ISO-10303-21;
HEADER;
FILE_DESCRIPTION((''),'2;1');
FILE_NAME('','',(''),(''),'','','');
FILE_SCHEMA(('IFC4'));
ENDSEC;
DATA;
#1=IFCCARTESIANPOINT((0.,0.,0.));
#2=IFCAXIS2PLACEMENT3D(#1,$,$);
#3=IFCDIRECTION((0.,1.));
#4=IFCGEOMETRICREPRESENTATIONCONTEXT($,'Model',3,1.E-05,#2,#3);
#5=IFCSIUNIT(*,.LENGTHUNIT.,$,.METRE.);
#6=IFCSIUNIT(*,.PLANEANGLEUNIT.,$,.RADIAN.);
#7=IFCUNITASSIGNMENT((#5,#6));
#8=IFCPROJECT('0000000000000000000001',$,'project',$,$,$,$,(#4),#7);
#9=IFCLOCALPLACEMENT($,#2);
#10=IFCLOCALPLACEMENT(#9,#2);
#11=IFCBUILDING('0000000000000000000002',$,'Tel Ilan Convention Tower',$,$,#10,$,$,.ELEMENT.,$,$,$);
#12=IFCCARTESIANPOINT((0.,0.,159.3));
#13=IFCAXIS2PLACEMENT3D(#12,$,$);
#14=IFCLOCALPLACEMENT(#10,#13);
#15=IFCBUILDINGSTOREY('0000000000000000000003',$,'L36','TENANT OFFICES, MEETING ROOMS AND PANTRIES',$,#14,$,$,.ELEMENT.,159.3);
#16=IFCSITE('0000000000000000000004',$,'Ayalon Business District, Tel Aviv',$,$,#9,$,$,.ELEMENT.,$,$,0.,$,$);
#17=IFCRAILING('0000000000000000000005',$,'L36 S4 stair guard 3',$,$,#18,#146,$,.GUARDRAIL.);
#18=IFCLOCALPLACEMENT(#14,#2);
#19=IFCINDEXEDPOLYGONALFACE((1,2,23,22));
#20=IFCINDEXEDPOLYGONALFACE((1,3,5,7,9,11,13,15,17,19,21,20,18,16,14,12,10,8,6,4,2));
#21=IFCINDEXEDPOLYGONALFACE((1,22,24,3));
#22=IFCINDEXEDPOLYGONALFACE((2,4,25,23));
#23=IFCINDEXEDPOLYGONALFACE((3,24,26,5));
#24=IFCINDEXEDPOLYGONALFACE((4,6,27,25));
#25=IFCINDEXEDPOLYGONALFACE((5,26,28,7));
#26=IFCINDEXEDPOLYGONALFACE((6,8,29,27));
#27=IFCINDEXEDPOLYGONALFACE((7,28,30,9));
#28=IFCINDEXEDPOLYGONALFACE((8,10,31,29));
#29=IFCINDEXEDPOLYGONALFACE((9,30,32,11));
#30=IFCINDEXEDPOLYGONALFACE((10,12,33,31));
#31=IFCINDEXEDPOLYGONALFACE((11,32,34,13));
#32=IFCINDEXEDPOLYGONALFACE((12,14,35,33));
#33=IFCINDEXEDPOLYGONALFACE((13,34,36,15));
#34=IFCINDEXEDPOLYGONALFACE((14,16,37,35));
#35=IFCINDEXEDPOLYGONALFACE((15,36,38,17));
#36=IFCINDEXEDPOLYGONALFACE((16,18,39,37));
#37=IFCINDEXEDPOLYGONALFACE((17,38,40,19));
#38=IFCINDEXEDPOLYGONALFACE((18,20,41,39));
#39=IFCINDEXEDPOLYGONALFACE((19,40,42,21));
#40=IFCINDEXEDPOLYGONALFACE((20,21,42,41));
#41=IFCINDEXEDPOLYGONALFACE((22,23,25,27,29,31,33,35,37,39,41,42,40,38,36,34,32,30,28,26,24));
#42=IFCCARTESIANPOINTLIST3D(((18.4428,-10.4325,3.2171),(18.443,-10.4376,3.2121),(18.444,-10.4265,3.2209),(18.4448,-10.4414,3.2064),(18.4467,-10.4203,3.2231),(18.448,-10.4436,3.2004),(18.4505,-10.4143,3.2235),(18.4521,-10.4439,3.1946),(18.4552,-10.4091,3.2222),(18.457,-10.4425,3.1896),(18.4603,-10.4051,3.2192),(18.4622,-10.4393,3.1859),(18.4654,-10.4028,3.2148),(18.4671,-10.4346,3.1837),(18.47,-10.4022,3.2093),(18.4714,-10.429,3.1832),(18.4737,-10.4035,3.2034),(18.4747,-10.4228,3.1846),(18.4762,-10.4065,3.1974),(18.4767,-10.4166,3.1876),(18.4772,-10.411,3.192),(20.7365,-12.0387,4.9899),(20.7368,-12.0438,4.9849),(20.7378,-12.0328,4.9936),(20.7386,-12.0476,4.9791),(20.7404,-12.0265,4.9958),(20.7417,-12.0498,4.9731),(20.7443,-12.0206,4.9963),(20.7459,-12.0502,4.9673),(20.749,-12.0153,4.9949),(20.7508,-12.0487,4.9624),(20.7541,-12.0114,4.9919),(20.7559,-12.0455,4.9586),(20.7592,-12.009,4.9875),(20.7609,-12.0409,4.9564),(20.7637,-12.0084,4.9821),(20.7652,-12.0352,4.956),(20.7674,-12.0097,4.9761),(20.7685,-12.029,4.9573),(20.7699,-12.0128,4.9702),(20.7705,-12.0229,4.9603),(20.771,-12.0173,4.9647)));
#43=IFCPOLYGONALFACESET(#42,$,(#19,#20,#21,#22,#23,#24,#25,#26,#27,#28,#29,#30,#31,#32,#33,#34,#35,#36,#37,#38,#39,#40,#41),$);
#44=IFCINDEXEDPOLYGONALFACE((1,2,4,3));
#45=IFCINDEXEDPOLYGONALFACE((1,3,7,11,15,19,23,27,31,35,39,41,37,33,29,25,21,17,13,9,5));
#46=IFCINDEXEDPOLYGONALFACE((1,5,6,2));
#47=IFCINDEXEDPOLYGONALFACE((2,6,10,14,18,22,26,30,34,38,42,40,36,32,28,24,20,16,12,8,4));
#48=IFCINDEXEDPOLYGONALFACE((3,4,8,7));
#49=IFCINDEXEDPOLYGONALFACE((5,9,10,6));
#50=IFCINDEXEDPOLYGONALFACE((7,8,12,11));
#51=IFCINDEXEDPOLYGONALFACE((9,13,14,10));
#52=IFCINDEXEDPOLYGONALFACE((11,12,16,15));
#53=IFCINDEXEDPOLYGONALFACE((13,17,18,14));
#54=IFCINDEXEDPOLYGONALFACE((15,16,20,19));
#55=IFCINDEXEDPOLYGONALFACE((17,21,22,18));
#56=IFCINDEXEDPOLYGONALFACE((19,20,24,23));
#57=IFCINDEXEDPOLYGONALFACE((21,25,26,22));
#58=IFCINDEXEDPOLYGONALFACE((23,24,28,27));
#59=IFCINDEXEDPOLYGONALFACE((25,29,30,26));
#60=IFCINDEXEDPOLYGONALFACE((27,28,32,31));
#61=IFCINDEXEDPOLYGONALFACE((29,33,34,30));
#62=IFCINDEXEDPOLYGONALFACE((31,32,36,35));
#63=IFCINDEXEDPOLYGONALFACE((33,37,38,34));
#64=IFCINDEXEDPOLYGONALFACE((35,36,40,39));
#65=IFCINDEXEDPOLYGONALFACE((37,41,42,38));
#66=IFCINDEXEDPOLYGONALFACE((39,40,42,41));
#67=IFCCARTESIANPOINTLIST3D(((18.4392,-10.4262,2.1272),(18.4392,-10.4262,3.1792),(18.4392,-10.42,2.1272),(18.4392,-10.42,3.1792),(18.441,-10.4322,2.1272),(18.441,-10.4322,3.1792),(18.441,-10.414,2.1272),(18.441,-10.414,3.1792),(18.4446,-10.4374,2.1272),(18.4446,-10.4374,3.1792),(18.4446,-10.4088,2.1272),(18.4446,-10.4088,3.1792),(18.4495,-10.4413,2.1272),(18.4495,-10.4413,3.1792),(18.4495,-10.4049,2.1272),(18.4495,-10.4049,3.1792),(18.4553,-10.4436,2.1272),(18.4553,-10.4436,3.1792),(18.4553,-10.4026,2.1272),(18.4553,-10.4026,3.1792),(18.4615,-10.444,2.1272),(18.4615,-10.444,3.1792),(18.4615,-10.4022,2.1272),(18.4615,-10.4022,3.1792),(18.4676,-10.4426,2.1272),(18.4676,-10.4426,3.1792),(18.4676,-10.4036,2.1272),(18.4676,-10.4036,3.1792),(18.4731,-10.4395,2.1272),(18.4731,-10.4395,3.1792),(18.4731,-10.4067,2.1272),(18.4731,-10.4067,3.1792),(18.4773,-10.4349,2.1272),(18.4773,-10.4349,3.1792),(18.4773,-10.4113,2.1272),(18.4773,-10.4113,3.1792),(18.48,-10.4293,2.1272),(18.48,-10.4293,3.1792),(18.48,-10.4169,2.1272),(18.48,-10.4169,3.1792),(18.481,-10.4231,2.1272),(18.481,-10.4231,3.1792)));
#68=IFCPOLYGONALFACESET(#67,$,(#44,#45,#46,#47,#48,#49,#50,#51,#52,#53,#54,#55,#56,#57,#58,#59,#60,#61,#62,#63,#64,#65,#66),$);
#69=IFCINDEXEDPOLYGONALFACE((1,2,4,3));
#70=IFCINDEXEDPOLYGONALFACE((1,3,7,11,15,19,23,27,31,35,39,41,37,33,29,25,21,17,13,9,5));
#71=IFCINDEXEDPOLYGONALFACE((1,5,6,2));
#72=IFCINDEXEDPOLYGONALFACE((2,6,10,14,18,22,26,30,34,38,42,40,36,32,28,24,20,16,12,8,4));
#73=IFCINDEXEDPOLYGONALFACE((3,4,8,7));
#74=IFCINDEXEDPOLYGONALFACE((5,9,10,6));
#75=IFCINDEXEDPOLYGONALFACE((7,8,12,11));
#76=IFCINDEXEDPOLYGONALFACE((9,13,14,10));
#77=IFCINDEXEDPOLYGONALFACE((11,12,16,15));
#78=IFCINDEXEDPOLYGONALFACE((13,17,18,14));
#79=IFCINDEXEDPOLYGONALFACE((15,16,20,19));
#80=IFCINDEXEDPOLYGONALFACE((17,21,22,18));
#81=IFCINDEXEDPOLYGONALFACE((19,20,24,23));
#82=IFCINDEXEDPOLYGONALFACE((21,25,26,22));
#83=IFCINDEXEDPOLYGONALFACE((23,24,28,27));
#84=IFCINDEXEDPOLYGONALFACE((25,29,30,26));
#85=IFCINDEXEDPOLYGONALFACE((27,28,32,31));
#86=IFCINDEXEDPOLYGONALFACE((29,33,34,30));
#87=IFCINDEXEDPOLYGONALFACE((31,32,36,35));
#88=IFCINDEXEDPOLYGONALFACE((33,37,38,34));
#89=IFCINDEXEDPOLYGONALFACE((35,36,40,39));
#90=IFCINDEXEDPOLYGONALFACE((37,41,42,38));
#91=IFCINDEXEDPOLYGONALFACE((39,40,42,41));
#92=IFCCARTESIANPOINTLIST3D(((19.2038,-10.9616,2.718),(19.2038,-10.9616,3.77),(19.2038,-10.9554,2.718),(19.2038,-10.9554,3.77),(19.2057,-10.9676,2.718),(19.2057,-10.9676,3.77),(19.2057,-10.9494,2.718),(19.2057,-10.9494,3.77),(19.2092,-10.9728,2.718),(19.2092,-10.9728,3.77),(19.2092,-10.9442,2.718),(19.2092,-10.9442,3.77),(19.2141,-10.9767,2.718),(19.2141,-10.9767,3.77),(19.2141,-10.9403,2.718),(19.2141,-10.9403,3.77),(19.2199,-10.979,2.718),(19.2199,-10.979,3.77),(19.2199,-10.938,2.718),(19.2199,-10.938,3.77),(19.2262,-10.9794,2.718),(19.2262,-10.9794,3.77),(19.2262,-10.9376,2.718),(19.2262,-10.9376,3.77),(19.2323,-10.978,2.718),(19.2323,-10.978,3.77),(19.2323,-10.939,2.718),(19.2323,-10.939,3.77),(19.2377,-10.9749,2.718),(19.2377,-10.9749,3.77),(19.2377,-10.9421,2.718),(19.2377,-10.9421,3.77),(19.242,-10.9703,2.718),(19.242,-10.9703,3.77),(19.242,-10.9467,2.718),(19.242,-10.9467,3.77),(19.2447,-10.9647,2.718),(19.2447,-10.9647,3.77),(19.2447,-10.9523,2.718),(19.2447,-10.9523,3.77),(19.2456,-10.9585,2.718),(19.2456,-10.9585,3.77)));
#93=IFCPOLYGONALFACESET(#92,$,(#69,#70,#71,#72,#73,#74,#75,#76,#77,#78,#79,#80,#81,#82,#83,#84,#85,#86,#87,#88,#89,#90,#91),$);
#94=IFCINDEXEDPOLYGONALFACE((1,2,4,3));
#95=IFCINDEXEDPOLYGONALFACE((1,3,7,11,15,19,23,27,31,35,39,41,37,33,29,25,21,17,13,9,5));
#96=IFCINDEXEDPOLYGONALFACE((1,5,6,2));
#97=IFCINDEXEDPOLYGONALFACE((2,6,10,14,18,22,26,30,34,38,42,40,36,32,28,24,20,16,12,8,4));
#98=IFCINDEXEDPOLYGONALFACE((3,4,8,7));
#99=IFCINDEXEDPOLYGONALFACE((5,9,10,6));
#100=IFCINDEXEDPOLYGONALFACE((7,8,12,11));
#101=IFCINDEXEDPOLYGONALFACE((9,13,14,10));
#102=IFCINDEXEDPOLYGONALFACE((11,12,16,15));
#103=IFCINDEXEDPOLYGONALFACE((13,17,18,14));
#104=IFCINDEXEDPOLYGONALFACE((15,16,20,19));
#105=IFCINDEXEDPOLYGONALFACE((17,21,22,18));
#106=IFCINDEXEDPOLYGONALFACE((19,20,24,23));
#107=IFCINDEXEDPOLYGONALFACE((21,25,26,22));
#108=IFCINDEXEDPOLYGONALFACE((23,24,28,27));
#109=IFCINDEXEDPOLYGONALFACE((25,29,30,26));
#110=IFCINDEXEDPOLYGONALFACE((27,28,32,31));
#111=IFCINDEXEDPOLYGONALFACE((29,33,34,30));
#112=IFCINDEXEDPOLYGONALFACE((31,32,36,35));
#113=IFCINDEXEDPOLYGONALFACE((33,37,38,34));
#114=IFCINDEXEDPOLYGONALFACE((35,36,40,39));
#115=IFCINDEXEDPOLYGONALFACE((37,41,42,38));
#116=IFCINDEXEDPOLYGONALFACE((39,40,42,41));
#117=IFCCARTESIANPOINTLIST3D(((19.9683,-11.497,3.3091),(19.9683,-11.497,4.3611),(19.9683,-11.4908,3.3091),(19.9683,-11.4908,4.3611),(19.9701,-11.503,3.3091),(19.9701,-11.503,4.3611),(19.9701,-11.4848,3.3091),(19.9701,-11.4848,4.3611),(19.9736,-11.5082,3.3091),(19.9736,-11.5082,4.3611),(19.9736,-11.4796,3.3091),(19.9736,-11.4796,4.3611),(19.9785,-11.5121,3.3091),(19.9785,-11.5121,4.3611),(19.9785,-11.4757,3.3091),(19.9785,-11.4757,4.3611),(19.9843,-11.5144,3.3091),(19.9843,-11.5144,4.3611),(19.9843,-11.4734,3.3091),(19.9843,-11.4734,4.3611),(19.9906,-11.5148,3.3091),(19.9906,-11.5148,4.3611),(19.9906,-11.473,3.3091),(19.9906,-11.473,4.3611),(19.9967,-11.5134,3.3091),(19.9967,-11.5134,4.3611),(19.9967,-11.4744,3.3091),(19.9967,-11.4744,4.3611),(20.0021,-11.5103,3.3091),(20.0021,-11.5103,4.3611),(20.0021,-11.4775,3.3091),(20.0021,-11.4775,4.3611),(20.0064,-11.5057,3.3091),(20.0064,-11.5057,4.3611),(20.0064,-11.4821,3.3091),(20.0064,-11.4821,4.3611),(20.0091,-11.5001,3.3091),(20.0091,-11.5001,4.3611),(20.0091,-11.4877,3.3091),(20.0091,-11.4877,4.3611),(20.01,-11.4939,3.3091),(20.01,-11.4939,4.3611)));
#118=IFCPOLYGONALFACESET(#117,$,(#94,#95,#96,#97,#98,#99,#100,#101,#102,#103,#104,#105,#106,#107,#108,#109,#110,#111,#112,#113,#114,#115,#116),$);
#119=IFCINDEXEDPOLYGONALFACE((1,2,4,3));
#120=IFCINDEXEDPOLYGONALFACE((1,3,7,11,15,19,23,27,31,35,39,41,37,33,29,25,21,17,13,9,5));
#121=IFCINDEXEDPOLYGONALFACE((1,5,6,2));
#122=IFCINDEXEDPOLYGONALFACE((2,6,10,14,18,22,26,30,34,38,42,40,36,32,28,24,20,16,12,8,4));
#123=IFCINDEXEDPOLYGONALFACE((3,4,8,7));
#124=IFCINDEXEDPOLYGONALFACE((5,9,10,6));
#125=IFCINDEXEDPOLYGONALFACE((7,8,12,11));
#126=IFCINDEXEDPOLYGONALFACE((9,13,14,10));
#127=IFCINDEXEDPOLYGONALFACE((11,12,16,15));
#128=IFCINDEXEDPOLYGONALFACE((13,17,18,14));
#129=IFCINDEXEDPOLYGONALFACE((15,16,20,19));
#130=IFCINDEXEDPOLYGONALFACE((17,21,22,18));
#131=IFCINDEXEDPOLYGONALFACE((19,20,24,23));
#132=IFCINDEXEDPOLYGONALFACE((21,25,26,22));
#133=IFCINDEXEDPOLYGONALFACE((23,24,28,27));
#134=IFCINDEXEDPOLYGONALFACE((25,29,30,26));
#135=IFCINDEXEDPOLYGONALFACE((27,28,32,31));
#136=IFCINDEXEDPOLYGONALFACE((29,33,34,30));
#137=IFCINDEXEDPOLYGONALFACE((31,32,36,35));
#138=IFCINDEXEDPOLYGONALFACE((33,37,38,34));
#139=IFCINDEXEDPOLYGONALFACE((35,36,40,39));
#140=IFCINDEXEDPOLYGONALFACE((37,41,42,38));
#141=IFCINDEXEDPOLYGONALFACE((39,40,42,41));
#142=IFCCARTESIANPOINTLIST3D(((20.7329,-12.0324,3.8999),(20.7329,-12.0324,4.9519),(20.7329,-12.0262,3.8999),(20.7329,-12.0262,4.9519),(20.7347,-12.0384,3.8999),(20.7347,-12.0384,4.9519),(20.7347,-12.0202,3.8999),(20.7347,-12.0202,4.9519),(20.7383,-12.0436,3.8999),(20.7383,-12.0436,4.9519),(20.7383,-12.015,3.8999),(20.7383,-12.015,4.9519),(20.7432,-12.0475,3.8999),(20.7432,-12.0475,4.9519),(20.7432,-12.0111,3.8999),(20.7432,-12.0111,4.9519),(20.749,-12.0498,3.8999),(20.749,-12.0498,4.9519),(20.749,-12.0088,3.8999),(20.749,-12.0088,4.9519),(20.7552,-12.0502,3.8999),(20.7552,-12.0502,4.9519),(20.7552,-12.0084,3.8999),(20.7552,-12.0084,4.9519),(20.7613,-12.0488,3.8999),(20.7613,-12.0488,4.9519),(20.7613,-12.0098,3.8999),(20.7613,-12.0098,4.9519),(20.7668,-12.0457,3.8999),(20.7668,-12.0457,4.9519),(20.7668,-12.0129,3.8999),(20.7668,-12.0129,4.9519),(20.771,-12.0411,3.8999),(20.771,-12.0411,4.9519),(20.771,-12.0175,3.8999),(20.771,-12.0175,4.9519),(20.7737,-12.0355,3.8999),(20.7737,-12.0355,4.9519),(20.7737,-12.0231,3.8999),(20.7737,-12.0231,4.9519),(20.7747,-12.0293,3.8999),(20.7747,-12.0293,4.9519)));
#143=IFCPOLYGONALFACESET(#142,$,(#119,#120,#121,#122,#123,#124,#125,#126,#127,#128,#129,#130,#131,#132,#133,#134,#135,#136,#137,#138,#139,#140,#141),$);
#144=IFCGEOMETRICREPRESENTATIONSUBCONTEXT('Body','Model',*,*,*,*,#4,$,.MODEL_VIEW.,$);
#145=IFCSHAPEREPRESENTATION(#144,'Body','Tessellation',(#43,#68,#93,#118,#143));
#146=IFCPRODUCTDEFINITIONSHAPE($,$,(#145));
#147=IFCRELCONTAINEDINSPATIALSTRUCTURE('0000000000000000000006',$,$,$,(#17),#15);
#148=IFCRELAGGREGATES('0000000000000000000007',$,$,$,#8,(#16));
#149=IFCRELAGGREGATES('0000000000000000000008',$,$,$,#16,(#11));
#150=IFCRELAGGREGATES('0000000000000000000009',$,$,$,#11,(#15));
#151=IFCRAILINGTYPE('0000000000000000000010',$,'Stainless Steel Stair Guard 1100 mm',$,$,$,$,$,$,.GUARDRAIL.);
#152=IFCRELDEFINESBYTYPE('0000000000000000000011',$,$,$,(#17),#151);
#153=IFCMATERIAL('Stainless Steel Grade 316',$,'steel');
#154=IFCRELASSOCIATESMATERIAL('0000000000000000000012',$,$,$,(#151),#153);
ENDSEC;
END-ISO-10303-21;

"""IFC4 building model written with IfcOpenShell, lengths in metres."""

from ifc_helpers import new_model, si_unit, direction, frame, origin, origin_2d, place, context, subcontext, project, spatial, circle, extrude, material, type_object, element, save


model = new_model("IFC4")

# Units and contexts
model_context = context("Model", 3, precision=1e-05, world=origin(), true_north=direction((0.0, 1.0)))
body_context = subcontext(model_context, "Body", "Model", "MODEL_VIEW")
ifc_project = project(units=[si_unit("LENGTHUNIT", "METRE"), si_unit("PLANEANGLEUNIT", "RADIAN")], contexts=[model_context])

# Site, building, storey
site_placement = place(None, origin())
site = spatial("IfcSite", under=ifc_project, at=site_placement, Name="Ayalon Business District, Tel Aviv", CompositionType="ELEMENT", RefElevation=0.0)
building_placement = place(site_placement, origin())
building = spatial("IfcBuilding", under=site, at=building_placement, Name="Tel Ilan Convention Tower", CompositionType="ELEMENT")
storey_placement = place(building_placement, frame((0.0, 0.0, 159.3)))
storey = spatial("IfcBuildingStorey", under=building, at=storey_placement, Name="L36", Description="TENANT OFFICES, MEETING ROOMS AND PANTRIES", CompositionType="ELEMENT", Elevation=159.3)

# Railing
ifc_material_1 = material(Name="Stainless Steel Grade 316", Category="steel")
railing_type_1 = type_object("IfcRailingType", Name="Stainless Steel Stair Guard 1100 mm", PredefinedType="GUARDRAIL", material=ifc_material_1)
railing_1_placement = place(storey_placement, frame((18.46, -10.4231, 2.1272)))
element("IfcRailing", 1, at=railing_1_placement, inside=storey, type_object=railing_type_1, Name="L36 S4 stair guard 3", PredefinedType="GUARDRAIL", context=body_context, shape_type="SweptSolid", body=[
    extrude(circle(Radius=0.0239, at=origin_2d()), frame((0.0, 0.0, 1.0762), z_axis=(0.692098, -0.484653, 0.534894), x_axis=(0.573609, 0.81913, 0.0)), (0.0, 0.0, 1.0), 3.3142),
    extrude(circle(Radius=0.021, at=origin_2d()), origin(), (0.0, 0.0, 1.0), 1.052),
    extrude(circle(Radius=0.021, at=origin_2d()), frame((0.7646, -0.5354, 0.5908)), (0.0, 0.0, 1.0), 1.052),
    extrude(circle(Radius=0.021, at=origin_2d()), frame((1.5291, -1.0708, 1.1819)), (0.0, 0.0, 1.0), 1.052),
    extrude(circle(Radius=0.021, at=origin_2d()), frame((2.2937, -1.6062, 1.7727)), (0.0, 0.0, 1.0), 1.052),
])

save(model, "model.ifc")
